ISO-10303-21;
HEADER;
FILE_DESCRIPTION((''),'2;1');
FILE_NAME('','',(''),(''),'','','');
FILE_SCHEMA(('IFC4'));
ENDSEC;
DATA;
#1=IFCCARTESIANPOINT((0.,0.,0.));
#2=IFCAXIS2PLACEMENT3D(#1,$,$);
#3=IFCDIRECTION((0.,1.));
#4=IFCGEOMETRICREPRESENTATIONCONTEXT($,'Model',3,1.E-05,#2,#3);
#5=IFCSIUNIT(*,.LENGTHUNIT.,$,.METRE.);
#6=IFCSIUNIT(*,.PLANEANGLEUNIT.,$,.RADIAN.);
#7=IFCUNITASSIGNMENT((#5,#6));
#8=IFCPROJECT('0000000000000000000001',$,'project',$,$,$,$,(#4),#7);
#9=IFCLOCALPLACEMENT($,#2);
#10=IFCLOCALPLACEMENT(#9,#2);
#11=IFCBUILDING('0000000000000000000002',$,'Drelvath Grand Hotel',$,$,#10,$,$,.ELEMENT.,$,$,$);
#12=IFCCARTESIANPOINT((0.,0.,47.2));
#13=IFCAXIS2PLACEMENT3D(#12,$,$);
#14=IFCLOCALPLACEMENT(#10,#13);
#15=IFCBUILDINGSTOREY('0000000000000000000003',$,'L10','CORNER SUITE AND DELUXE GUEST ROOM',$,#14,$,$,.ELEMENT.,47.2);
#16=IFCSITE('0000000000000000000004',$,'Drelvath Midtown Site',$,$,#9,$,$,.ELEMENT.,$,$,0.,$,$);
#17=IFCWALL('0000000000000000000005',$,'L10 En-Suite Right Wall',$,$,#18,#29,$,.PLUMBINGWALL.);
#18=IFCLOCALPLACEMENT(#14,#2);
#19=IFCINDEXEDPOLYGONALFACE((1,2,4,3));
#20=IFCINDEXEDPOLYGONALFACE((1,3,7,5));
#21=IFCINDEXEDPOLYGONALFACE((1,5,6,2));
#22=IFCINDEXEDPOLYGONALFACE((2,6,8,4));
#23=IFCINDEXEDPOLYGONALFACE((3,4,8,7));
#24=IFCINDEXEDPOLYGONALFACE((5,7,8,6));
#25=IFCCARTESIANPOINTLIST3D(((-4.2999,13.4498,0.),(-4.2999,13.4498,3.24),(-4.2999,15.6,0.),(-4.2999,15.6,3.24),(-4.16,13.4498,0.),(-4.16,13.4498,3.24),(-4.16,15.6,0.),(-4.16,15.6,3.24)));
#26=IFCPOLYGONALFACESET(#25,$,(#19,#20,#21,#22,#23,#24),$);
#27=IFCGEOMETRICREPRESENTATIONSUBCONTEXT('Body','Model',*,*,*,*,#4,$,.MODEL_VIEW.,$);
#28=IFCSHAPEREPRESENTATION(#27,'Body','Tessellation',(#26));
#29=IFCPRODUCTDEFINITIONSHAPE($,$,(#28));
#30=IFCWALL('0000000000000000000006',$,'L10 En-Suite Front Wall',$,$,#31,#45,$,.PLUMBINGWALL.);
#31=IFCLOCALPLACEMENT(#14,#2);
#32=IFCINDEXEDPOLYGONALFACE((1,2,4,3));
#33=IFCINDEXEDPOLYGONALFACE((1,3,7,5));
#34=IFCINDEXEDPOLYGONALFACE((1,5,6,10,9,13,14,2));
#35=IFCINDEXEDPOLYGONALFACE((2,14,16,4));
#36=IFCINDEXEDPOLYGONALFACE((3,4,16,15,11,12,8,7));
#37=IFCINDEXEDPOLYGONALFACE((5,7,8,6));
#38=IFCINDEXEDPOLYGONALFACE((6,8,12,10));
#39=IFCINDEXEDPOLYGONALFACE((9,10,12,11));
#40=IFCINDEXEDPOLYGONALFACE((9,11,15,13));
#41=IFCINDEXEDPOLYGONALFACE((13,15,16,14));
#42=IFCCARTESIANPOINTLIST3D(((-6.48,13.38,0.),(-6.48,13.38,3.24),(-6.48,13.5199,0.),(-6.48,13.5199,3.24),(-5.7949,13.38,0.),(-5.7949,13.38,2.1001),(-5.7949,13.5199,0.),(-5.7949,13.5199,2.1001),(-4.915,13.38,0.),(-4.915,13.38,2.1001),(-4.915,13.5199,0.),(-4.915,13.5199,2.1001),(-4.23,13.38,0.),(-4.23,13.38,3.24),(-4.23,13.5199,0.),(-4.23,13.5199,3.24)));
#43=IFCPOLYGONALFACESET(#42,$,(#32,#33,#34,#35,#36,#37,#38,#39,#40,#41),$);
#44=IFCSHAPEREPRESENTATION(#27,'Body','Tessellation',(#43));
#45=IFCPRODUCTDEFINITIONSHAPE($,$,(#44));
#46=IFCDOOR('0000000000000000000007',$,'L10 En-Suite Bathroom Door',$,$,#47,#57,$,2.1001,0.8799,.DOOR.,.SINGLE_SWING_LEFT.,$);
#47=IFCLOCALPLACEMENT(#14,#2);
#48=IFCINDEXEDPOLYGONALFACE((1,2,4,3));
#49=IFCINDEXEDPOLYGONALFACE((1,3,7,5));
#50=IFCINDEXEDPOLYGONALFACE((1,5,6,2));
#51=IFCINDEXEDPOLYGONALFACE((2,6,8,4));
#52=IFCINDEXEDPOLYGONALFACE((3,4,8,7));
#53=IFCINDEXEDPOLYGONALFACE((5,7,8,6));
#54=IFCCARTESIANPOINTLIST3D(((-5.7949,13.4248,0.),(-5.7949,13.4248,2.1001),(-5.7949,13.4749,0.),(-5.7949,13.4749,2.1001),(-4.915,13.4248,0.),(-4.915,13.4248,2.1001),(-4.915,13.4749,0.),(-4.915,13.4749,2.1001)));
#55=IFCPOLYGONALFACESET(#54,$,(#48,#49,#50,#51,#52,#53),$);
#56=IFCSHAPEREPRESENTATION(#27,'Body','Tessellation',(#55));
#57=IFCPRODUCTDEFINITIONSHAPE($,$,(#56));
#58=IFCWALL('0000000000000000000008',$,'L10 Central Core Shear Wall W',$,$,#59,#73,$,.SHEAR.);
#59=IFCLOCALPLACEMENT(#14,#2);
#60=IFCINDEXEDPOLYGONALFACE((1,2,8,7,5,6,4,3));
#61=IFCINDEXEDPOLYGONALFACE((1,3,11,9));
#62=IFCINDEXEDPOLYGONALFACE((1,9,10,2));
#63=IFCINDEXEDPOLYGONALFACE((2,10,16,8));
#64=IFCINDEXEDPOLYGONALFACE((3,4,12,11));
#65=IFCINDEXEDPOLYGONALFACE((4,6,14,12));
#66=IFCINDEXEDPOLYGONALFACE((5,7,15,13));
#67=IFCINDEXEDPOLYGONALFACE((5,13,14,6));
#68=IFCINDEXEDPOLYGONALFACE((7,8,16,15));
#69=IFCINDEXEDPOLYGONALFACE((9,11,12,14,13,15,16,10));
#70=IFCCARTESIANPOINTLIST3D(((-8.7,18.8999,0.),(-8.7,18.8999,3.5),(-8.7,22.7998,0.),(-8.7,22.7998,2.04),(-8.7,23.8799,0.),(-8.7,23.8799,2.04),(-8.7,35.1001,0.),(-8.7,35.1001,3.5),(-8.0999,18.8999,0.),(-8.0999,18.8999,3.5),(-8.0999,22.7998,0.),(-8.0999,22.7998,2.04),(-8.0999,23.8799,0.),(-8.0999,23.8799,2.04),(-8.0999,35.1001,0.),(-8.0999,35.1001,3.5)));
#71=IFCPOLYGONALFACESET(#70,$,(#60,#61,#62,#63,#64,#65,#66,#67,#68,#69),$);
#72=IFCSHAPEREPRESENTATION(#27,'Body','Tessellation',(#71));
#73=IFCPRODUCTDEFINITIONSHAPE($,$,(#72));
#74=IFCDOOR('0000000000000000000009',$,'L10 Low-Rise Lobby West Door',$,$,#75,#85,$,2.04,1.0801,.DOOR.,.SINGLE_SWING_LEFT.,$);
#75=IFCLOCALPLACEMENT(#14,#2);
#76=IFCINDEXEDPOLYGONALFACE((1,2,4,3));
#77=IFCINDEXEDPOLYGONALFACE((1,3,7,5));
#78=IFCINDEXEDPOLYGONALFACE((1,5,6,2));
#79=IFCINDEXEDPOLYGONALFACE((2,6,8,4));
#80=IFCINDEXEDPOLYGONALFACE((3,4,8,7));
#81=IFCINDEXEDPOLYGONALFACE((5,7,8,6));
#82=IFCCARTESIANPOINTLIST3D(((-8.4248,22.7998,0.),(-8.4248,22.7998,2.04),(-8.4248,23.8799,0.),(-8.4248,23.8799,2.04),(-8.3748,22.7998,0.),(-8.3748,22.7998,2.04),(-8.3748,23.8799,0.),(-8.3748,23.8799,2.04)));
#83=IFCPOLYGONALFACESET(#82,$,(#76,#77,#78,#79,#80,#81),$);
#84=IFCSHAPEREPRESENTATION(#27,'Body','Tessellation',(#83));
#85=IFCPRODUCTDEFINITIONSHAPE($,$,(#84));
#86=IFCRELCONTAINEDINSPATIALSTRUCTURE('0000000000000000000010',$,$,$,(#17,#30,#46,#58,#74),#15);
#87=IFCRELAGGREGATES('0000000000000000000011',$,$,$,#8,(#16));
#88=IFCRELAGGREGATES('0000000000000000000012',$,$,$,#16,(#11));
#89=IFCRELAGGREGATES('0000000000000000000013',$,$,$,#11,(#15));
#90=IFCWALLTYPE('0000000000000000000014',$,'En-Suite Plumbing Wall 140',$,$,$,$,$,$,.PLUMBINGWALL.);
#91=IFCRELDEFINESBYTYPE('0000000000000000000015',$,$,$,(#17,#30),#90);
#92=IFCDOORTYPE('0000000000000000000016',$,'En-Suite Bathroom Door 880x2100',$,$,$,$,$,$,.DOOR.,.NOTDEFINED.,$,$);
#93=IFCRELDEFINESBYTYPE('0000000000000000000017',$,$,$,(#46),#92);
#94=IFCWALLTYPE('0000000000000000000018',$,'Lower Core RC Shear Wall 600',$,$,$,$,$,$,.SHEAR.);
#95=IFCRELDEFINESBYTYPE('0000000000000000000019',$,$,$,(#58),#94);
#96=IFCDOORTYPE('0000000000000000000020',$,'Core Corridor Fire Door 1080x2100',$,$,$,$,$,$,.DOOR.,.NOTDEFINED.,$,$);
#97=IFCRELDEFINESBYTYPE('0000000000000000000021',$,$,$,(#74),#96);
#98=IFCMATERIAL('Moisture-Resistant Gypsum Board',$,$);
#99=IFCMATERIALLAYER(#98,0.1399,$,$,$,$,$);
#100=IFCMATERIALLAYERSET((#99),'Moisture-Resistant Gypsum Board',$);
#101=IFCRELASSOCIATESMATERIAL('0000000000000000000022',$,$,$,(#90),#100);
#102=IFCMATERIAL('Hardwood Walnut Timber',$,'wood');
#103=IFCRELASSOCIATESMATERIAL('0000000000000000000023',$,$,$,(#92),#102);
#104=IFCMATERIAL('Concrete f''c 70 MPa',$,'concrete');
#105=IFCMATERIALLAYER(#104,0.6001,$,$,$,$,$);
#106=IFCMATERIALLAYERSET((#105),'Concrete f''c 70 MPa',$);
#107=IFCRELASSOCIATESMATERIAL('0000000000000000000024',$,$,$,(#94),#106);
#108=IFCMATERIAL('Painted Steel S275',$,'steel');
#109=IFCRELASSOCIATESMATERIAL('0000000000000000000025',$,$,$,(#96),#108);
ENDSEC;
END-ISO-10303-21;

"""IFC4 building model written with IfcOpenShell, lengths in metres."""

from ifc_helpers import new_model, si_unit, direction, frame, frame_2d, origin, place, context, subcontext, project, spatial, rectangle, extrude, material, layer, layer_set, type_object, element, fill, save


model = new_model("IFC4")

# Units and contexts
model_context = context("Model", 3, precision=1e-05, world=origin(), true_north=direction((0.0, 1.0)))
body_context = subcontext(model_context, "Body", "Model", "MODEL_VIEW")
ifc_project = project(units=[si_unit("LENGTHUNIT", "METRE"), si_unit("PLANEANGLEUNIT", "RADIAN")], contexts=[model_context])

# Site, building, storey
site_placement = place(None, origin())
site = spatial("IfcSite", under=ifc_project, at=site_placement, Name="Drelvath Midtown Site", CompositionType="ELEMENT", RefElevation=0.0)
building_placement = place(site_placement, origin())
building = spatial("IfcBuilding", under=site, at=building_placement, Name="Drelvath Grand Hotel", CompositionType="ELEMENT")
storey_placement = place(building_placement, frame((0.0, 0.0, 47.2)))
storey = spatial("IfcBuildingStorey", under=building, at=storey_placement, Name="L10", Description="CORNER SUITE AND DELUXE GUEST ROOM", CompositionType="ELEMENT", Elevation=47.2)

# Shared definitions
ifc_material_1 = material(Name="Hardwood Walnut Timber", Category="wood")

# Wall
ifc_material_2 = material(Name="Moisture-Resistant Gypsum Board")
ifc_layer_1 = layer(ifc_material_2, 0.1399)
ifc_layer_set_1 = layer_set([ifc_layer_1], Name="Moisture-Resistant Gypsum Board")
wall_type_1 = type_object("IfcWallType", Name="En-Suite Plumbing Wall 140", PredefinedType="PLUMBINGWALL", material=ifc_layer_set_1)
for number, where, z_axis, x_axis, name in (
    (1, (-4.23, 15.6001, 0.0), (0.0, 0.0, 1.0), (0.0, -1.0, 0.0), "L10 En-Suite Right Wall"),
):
    element("IfcWall", number, at=place(storey_placement, frame(where, z_axis=z_axis, x_axis=x_axis)), inside=storey, type_object=wall_type_1, Name=name, PredefinedType="PLUMBINGWALL", context=body_context, shape_type="SweptSolid", body=[
        extrude(rectangle(XDim=2.1501, YDim=0.1399, at=frame_2d((1.0752, 0.0))), origin(), (0.0, 0.0, 1.0), 3.24),
    ])

# Walls, openings, doors
wall_1_placement = place(storey_placement, frame((-6.48, 13.45, 0.0), z_axis=(0.0, 0.0, 1.0), x_axis=(1.0, 0.0, 0.0)))
wall_1 = element("IfcWall", 2, at=wall_1_placement, inside=storey, type_object=wall_type_1, Name="L10 En-Suite Front Wall", PredefinedType="PLUMBINGWALL", context=body_context, shape_type="SweptSolid", body=[
    extrude(rectangle(XDim=2.25, YDim=0.1399, at=frame_2d((1.125, 0.0))), origin(), (0.0, 0.0, 1.0), 3.24),
])
opening_1_placement = place(wall_1_placement, frame((0.6851, 0.0, 0.0)))
opening_1 = element("IfcOpeningElement", 3, at=opening_1_placement, cuts=wall_1, PredefinedType="OPENING", context=body_context, shape_type="SweptSolid", body=[
    extrude(rectangle(XDim=0.8799, YDim=2.1001, at=frame_2d((0.4399, 1.05))), frame((0.0, 0.0798, 0.0), z_axis=(0.0, -1.0, 0.0), x_axis=(1.0, 0.0, 0.0)), (0.0, 0.0, 1.0), 0.1599),
])
door_type_1 = type_object("IfcDoorType", Name="En-Suite Bathroom Door 880x2100", OperationType="NOTDEFINED", PredefinedType="DOOR", material=ifc_material_1)
door_1_placement = place(opening_1_placement, origin())
door_1 = element("IfcDoor", 4, at=door_1_placement, inside=storey, type_object=door_type_1, Name="L10 En-Suite Bathroom Door", OperationType="SINGLE_SWING_LEFT", OverallHeight=2.1001, OverallWidth=0.8799, PredefinedType="DOOR", context=body_context, shape_type="SweptSolid", body=[
    extrude(rectangle(XDim=0.8799, YDim=2.1001, at=frame_2d((0.4399, 1.05))), frame((0.0, 0.0249, 0.0), z_axis=(0.0, -1.0, 0.0), x_axis=(1.0, 0.0, 0.0)), (0.0, 0.0, 1.0), 0.05),
])
fill(opening_1, door_1)
ifc_material_3 = material(Name="Concrete f'c 70 MPa", Category="concrete")
ifc_layer_2 = layer(ifc_material_3, 0.6001)
ifc_layer_set_2 = layer_set([ifc_layer_2], Name="Concrete f'c 70 MPa")
wall_type_2 = type_object("IfcWallType", Name="Lower Core RC Shear Wall 600", PredefinedType="SHEAR", material=ifc_layer_set_2)
wall_2_placement = place(storey_placement, frame((-8.3999, 18.8999, 0.0), z_axis=(0.0, 0.0, 1.0), x_axis=(0.0, 1.0, 0.0)))
wall_2 = element("IfcWall", 5, at=wall_2_placement, inside=storey, type_object=wall_type_2, Name="L10 Central Core Shear Wall W", PredefinedType="SHEAR", context=body_context, shape_type="SweptSolid", body=[
    extrude(rectangle(XDim=16.2002, YDim=0.6001, at=frame_2d((8.1001, 0.0))), origin(), (0.0, 0.0, 1.0), 3.5),
])
opening_2_placement = place(wall_2_placement, frame((3.8999, 0.0, 0.0)))
opening_2 = element("IfcOpeningElement", 6, at=opening_2_placement, cuts=wall_2, PredefinedType="OPENING", context=body_context, shape_type="SweptSolid", body=[
    extrude(rectangle(XDim=1.0801, YDim=2.04, at=frame_2d((0.54, 1.02))), frame((0.0, 0.3101, 0.0), z_axis=(0.0, -1.0, 0.0), x_axis=(1.0, 0.0, 0.0)), (0.0, 0.0, 1.0), 0.6201),
])
ifc_material_4 = material(Name="Painted Steel S275", Category="steel")
door_type_2 = type_object("IfcDoorType", Name="Core Corridor Fire Door 1080x2100", OperationType="NOTDEFINED", PredefinedType="DOOR", material=ifc_material_4)
door_2_placement = place(opening_2_placement, origin())
door_2 = element("IfcDoor", 7, at=door_2_placement, inside=storey, type_object=door_type_2, Name="L10 Low-Rise Lobby West Door", OperationType="SINGLE_SWING_LEFT", OverallHeight=2.04, OverallWidth=1.0801, PredefinedType="DOOR", context=body_context, shape_type="SweptSolid", body=[
    extrude(rectangle(XDim=1.0801, YDim=2.04, at=frame_2d((0.54, 1.02))), frame((0.0, 0.0249, 0.0), z_axis=(0.0, -1.0, 0.0), x_axis=(1.0, 0.0, 0.0)), (0.0, 0.0, 1.0), 0.05),
])
fill(opening_2, door_2)

save(model, "model.ifc")
